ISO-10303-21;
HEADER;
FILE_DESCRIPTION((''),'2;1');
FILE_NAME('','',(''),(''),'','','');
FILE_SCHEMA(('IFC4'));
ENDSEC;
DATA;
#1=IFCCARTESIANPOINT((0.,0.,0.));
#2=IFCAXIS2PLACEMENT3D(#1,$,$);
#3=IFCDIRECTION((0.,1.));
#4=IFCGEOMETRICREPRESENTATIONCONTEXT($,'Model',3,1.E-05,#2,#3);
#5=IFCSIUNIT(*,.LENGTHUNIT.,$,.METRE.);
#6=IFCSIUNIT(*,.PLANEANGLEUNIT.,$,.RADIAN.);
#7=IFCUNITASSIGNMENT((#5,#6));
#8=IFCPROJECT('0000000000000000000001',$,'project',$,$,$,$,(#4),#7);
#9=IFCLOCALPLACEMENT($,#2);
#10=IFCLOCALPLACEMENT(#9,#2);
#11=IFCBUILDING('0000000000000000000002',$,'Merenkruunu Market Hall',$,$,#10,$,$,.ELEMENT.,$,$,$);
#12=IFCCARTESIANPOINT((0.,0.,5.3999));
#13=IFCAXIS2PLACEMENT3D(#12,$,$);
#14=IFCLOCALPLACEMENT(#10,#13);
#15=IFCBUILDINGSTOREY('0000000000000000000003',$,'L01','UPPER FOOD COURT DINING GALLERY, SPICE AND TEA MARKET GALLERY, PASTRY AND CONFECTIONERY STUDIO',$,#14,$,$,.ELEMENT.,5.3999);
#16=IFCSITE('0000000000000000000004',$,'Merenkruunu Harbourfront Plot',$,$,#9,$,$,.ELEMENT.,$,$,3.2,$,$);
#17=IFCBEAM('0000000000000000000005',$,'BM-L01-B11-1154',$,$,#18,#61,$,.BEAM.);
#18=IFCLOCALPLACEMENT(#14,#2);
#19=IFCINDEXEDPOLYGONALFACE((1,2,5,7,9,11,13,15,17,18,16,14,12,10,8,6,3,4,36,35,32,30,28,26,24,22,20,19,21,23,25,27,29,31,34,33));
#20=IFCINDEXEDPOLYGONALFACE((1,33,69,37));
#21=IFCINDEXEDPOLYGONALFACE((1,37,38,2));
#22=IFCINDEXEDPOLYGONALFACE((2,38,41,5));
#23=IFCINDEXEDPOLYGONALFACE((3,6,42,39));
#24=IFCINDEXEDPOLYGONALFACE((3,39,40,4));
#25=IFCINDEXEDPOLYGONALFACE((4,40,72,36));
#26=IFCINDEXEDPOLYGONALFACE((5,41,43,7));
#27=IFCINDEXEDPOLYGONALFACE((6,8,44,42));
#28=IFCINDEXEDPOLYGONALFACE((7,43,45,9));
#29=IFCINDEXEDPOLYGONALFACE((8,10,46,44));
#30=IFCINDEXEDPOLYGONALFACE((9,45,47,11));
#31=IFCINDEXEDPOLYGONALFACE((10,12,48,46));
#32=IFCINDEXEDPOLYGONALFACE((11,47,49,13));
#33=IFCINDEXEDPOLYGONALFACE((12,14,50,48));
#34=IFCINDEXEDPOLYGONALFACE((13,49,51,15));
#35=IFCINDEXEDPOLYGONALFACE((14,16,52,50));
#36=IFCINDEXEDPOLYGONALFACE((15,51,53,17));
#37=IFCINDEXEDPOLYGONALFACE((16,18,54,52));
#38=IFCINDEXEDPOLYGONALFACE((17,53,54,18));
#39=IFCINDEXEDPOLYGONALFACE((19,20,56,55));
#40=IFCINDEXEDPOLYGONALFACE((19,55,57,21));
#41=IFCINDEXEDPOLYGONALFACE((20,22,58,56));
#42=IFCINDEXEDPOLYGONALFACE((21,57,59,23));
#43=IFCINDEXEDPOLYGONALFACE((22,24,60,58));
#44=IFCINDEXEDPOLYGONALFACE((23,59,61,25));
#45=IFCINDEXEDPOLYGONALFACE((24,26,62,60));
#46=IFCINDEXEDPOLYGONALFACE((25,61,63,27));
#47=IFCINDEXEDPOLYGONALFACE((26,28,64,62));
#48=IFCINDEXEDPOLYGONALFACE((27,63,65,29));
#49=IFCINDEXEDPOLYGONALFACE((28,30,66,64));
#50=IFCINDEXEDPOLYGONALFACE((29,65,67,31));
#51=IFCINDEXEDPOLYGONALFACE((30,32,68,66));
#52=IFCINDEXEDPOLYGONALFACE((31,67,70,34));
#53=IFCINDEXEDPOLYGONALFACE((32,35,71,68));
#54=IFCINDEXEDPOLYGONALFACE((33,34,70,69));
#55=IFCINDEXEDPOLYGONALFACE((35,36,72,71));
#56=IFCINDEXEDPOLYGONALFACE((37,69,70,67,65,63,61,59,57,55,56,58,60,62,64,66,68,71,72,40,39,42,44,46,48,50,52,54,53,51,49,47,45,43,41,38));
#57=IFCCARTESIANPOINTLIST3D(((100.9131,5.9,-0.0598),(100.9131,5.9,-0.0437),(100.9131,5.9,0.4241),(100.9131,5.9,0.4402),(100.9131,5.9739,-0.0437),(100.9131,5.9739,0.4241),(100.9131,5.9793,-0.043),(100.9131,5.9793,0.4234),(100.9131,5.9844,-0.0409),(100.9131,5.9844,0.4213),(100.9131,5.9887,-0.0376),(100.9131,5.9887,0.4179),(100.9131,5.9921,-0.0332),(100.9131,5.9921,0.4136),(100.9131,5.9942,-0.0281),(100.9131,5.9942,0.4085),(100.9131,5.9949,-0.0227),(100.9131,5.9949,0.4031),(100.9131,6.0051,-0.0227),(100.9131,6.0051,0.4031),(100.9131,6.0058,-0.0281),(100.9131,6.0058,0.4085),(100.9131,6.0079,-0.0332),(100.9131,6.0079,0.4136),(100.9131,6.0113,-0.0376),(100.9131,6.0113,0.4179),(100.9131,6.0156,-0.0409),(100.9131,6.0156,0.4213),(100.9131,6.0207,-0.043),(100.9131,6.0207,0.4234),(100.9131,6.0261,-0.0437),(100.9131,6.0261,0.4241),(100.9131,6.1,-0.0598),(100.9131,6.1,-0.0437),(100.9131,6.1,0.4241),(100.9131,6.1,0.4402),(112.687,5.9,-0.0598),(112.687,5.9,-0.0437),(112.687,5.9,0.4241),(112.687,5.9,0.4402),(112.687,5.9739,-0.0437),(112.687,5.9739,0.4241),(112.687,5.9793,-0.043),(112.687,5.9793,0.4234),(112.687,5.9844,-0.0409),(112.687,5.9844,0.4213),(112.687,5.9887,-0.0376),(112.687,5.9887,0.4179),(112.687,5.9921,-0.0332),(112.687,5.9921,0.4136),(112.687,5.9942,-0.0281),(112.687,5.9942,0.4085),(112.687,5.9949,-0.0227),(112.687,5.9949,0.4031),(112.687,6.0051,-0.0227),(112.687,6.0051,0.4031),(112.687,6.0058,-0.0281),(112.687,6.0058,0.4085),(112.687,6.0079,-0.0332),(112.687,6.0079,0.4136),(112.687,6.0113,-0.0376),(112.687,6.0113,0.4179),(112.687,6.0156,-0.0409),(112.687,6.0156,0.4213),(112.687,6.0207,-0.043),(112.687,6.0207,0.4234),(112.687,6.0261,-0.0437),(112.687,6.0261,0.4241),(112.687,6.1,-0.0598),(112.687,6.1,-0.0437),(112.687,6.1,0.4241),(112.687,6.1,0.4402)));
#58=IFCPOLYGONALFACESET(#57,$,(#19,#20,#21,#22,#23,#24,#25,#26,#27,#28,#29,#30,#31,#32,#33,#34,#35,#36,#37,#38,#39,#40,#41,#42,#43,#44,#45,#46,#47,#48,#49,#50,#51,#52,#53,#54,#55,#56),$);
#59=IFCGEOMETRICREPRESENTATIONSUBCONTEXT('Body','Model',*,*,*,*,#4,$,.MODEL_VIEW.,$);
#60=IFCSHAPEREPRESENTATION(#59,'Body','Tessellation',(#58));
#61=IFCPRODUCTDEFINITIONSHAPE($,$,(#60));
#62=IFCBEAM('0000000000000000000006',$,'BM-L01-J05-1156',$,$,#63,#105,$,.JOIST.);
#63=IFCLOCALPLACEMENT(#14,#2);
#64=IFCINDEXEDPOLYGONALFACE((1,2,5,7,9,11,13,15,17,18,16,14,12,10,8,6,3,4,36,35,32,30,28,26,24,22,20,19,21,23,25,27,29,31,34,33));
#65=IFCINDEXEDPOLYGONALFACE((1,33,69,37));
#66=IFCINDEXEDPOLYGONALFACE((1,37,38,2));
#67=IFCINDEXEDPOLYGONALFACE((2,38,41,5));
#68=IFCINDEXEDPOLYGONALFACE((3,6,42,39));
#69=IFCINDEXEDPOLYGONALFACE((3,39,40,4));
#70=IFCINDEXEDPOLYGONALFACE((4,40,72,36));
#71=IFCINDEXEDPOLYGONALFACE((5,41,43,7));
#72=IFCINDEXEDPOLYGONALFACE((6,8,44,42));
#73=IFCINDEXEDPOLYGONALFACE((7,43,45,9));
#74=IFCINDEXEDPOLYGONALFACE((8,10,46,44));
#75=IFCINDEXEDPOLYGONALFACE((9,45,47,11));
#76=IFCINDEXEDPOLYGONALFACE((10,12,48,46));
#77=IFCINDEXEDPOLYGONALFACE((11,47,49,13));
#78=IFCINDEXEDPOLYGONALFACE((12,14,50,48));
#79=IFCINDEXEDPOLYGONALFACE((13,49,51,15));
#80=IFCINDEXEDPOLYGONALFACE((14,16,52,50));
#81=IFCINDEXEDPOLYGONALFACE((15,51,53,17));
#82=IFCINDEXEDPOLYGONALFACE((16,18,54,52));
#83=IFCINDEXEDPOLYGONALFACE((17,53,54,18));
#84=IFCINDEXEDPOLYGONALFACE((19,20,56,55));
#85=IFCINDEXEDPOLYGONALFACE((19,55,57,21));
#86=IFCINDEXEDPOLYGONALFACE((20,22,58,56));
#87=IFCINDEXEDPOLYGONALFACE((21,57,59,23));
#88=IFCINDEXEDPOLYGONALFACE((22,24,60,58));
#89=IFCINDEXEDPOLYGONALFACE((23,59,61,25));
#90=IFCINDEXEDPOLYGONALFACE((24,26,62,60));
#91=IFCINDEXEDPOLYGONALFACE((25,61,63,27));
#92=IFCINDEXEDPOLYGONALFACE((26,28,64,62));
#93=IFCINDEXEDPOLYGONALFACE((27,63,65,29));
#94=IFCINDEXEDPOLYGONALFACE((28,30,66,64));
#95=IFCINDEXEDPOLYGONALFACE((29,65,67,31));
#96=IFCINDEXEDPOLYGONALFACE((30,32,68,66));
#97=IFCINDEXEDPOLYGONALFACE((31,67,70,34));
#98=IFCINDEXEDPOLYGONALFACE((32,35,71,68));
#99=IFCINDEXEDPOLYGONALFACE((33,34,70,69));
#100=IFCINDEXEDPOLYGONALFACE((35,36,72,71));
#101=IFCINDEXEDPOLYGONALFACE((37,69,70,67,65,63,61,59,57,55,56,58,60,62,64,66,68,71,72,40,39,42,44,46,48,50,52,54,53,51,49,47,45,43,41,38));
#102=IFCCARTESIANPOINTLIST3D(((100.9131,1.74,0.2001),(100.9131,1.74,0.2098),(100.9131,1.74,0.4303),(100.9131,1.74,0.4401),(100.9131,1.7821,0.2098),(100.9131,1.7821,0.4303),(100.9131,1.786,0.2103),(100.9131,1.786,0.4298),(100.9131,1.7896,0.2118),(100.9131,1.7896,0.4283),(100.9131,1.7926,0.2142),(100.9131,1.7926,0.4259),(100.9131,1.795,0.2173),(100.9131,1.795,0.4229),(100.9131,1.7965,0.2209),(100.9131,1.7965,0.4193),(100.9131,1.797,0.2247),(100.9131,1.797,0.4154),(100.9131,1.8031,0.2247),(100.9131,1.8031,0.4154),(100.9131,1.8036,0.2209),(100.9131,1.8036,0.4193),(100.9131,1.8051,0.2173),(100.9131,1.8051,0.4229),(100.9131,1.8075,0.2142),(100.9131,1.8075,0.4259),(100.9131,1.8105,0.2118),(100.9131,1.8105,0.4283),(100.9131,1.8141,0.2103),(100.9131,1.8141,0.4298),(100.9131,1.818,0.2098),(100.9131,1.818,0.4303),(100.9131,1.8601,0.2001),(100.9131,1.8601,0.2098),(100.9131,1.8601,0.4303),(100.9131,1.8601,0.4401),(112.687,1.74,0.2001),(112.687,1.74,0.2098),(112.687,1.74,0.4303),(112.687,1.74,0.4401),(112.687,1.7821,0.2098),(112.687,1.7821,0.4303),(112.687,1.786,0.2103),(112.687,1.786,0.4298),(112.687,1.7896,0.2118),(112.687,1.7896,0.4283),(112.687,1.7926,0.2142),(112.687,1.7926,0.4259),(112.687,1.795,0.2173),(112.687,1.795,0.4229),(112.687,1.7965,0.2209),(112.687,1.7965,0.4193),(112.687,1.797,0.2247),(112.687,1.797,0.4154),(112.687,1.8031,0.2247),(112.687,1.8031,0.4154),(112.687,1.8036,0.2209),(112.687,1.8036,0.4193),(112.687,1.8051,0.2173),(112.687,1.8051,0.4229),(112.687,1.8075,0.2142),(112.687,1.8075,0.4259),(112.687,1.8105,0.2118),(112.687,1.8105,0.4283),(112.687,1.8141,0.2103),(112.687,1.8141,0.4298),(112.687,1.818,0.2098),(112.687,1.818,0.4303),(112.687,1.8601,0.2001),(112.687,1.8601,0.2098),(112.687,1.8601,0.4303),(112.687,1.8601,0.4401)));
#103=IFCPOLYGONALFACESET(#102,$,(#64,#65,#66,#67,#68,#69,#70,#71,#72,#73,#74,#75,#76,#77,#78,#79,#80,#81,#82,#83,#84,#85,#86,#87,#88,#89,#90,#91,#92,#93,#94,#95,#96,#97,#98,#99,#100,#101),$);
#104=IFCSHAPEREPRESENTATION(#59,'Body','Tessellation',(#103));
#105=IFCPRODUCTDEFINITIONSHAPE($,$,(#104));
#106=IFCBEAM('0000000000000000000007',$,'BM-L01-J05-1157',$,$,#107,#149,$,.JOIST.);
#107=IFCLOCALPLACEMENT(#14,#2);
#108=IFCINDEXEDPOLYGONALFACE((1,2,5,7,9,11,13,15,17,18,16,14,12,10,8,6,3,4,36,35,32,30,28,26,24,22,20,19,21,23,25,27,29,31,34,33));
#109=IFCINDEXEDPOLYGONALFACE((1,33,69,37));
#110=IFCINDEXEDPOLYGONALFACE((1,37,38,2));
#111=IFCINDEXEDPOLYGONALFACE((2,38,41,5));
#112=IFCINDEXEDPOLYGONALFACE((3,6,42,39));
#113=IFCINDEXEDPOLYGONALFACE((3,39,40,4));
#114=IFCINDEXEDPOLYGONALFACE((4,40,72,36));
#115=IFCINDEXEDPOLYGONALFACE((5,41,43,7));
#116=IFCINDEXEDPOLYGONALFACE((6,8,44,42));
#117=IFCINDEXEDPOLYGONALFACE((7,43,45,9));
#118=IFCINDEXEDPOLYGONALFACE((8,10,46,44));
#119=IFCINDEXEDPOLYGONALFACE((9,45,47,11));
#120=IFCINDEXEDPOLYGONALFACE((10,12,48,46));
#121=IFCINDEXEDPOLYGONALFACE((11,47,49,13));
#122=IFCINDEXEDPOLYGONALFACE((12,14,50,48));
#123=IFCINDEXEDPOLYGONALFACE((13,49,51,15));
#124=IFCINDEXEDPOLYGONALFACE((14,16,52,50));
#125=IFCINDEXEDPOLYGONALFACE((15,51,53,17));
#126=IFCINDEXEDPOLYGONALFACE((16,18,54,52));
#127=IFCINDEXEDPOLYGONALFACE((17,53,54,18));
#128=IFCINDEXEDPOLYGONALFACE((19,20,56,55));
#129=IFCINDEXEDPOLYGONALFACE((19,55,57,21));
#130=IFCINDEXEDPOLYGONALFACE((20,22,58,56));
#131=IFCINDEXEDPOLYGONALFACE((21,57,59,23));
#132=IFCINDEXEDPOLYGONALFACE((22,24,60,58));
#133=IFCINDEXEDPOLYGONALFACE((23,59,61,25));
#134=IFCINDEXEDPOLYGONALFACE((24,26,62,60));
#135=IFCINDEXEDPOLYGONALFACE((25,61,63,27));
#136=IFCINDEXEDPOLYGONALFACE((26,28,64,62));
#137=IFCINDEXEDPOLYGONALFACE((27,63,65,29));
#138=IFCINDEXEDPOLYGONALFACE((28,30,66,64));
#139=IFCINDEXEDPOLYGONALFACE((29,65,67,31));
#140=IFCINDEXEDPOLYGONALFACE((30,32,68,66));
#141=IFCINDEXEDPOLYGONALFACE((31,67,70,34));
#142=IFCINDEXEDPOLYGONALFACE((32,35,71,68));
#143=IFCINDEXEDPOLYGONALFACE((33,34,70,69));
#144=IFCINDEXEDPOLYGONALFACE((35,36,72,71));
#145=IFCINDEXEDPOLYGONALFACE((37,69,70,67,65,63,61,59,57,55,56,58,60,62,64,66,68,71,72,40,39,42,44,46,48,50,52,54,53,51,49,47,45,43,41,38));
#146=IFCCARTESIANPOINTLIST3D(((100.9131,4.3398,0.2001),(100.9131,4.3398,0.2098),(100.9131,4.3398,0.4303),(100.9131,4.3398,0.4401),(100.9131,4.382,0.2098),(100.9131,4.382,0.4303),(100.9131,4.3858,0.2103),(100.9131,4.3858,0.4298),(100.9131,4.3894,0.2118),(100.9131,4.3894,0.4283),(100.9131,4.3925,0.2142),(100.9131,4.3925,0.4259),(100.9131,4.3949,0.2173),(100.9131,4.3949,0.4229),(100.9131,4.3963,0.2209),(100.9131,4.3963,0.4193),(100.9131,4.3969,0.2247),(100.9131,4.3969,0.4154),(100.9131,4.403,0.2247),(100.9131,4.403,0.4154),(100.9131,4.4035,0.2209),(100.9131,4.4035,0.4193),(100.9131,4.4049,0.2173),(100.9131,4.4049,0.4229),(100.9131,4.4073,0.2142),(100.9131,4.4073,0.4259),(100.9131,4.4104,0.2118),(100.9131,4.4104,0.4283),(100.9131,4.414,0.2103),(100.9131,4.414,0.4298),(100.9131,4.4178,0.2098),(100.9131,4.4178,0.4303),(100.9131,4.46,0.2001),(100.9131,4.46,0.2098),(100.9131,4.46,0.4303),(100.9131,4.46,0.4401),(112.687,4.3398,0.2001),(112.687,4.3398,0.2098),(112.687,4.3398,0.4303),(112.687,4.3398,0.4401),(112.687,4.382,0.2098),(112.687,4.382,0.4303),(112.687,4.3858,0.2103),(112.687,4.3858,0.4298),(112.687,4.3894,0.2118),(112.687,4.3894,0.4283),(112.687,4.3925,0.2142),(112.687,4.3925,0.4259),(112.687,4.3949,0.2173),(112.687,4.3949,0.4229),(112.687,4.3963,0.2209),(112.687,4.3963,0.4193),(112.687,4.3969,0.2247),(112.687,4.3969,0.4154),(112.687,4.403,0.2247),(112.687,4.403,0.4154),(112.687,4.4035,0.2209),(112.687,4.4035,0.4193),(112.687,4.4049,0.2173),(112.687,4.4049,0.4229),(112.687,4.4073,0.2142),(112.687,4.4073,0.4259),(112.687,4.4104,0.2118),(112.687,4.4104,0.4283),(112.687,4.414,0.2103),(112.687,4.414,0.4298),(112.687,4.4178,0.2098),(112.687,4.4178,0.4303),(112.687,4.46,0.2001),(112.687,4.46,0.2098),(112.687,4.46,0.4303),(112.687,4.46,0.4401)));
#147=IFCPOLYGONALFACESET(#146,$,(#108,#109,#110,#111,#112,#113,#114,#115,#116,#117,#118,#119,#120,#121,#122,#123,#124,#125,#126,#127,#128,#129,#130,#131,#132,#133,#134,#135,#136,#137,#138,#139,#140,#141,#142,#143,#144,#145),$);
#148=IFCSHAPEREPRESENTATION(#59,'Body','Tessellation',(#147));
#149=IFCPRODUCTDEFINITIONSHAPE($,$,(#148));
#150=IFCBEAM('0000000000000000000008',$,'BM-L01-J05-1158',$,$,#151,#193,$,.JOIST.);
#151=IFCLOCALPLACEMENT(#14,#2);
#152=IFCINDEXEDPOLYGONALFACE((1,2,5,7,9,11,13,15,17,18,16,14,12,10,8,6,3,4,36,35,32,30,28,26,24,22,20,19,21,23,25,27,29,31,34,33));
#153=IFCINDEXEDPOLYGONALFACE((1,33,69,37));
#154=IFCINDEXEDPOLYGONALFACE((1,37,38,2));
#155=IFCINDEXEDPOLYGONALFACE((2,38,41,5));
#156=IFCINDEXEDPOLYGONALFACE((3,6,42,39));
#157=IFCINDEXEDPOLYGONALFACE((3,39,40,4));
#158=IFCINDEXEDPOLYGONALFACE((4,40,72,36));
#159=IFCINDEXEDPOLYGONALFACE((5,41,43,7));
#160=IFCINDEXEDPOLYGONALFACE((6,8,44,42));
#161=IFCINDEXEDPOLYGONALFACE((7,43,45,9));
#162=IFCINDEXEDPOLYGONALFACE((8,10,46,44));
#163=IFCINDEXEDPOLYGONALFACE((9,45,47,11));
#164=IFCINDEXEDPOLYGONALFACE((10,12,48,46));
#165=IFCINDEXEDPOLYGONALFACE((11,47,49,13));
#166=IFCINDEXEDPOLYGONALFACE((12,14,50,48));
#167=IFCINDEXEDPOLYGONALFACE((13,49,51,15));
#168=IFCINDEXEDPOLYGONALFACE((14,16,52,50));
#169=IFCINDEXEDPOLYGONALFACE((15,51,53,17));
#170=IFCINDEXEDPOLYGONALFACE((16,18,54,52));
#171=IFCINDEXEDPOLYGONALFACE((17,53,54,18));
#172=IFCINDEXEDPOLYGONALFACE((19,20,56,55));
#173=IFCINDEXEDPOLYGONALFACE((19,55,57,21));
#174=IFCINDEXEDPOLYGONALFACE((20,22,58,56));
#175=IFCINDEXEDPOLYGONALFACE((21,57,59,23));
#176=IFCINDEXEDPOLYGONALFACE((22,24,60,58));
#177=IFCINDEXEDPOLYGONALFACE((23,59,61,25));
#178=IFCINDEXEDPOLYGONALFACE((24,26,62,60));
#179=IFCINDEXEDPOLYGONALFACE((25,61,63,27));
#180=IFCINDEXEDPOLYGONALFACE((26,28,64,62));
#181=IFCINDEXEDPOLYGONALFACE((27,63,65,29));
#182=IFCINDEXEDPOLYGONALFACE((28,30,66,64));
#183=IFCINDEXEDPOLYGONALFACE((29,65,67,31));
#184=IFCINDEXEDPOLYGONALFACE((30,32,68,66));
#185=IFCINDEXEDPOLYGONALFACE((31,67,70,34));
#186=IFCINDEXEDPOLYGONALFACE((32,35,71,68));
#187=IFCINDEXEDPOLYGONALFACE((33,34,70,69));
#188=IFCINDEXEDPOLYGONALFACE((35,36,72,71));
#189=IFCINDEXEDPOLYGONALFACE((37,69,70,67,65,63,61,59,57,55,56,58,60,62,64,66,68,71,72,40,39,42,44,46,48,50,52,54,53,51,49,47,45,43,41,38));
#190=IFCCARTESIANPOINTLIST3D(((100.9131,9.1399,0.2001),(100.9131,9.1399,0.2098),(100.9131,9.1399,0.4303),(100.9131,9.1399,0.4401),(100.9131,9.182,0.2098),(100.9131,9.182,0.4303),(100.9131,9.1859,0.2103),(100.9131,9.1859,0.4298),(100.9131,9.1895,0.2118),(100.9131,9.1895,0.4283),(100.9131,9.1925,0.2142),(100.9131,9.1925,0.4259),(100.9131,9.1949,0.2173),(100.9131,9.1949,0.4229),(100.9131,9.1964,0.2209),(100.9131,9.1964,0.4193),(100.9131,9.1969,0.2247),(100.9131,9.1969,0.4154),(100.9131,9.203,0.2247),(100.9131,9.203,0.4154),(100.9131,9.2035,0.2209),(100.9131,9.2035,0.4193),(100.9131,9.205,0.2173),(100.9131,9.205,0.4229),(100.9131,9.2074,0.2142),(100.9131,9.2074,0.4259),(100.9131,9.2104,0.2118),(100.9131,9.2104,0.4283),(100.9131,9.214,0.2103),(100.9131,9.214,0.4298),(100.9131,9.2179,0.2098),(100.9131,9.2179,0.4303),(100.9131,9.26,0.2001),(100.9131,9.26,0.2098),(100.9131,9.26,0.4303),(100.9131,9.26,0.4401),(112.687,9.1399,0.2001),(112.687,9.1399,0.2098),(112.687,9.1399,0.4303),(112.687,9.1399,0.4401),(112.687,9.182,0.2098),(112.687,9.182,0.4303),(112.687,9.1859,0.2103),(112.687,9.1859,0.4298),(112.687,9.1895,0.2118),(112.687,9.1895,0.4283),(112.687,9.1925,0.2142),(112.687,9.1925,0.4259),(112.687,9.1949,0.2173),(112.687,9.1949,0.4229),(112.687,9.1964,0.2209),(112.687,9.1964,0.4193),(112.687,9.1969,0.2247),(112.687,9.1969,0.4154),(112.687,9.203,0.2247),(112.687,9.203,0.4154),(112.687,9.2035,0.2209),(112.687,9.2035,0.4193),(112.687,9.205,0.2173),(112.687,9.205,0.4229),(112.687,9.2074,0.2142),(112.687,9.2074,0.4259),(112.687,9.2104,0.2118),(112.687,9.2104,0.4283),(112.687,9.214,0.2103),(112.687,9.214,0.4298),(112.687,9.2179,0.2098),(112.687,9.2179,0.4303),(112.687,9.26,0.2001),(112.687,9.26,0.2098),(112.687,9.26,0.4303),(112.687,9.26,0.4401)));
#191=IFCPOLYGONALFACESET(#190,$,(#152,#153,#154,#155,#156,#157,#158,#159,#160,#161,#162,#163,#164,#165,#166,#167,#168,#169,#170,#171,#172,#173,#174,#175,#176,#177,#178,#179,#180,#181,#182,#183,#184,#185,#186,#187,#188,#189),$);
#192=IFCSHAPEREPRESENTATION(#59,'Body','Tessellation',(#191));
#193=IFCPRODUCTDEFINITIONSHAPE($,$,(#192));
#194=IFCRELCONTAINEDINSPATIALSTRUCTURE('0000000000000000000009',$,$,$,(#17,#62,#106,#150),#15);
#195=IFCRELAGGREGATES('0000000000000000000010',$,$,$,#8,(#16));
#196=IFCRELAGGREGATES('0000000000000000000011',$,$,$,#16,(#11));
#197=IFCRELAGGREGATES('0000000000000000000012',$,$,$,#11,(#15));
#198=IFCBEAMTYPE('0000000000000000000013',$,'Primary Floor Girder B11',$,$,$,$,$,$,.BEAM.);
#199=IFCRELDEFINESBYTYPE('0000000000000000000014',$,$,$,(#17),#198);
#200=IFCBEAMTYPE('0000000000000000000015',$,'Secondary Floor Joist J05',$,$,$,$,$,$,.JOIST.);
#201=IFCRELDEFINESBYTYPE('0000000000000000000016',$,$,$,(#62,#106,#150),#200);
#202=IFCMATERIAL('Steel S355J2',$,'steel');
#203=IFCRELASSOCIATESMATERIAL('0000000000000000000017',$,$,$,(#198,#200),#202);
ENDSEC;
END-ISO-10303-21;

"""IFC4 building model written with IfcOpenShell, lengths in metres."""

from ifc_helpers import new_model, si_unit, direction, frame, origin, origin_2d, place, context, subcontext, project, spatial, i_section, extrude, material, material_profile, profile_set, type_object, element, save


model = new_model("IFC4")

# Units and contexts
model_context = context("Model", 3, precision=1e-05, world=origin(), true_north=direction((0.0, 1.0)))
body_context = subcontext(model_context, "Body", "Model", "MODEL_VIEW")
ifc_project = project(units=[si_unit("LENGTHUNIT", "METRE"), si_unit("PLANEANGLEUNIT", "RADIAN")], contexts=[model_context])

# Site, building, storey
site_placement = place(None, origin())
site = spatial("IfcSite", under=ifc_project, at=site_placement, Name="Merenkruunu Harbourfront Plot", CompositionType="ELEMENT", RefElevation=3.2)
building_placement = place(site_placement, origin())
building = spatial("IfcBuilding", under=site, at=building_placement, Name="Merenkruunu Market Hall", CompositionType="ELEMENT")
storey_placement = place(building_placement, frame((0.0, 0.0, 5.3999)))
storey = spatial("IfcBuildingStorey", under=building, at=storey_placement, Name="L01", Description="UPPER FOOD COURT DINING GALLERY, SPICE AND TEA MARKET GALLERY, PASTRY AND CONFECTIONERY STUDIO", CompositionType="ELEMENT", Elevation=5.3999)

# Beams
ifc_material_1 = material(Name="Steel S355J2", Category="steel")
ifc_material_profile_1 = material_profile(ifc_material_1, i_section(OverallWidth=0.2, OverallDepth=0.5, WebThickness=0.0103, FlangeThickness=0.0161, FilletRadius=0.021, at=origin_2d()), Name="IPE 500")
ifc_profile_set_1 = profile_set([ifc_material_profile_1], Name="Steel S355J2")
beam_type_1 = type_object("IfcBeamType", Name="Primary Floor Girder B11", PredefinedType="BEAM", material=ifc_profile_set_1)
beam_1_placement = place(storey_placement, frame((100.9131, 6.0, 0.1902), z_axis=(1.0, 0.0, 0.0), x_axis=(0.0, 1.0, 0.0)))
element("IfcBeam", 1, at=beam_1_placement, inside=storey, type_object=beam_type_1, Name="BM-L01-B11-1154", PredefinedType="BEAM", context=body_context, shape_type="SweptSolid", body=[
    extrude(i_section(OverallWidth=0.2, OverallDepth=0.5, WebThickness=0.0103, FlangeThickness=0.0161, FilletRadius=0.021, at=origin_2d()), origin(), (0.0, 0.0, 1.0), 11.7739),
])
ifc_material_profile_2 = material_profile(ifc_material_1, i_section(OverallWidth=0.1201, OverallDepth=0.24, WebThickness=0.0061, FlangeThickness=0.0098, FilletRadius=0.0149, at=origin_2d()), Name="IPE 240")
ifc_profile_set_2 = profile_set([ifc_material_profile_2], Name="Steel S355J2")
beam_type_2 = type_object("IfcBeamType", Name="Secondary Floor Joist J05", PredefinedType="JOIST", material=ifc_profile_set_2)
for number, where, z_axis, x_axis, name in (
    (2, (100.9131, 1.8, 0.3201), (1.0, 0.0, 0.0), (0.0, 1.0, 0.0), "BM-L01-J05-1156"),
    (3, (100.9131, 4.3999, 0.3201), (1.0, 0.0, 0.0), (0.0, 1.0, 0.0), "BM-L01-J05-1157"),
    (4, (100.9131, 9.2, 0.3201), (1.0, 0.0, 0.0), (0.0, 1.0, 0.0), "BM-L01-J05-1158"),
):
    element("IfcBeam", number, at=place(storey_placement, frame(where, z_axis=z_axis, x_axis=x_axis)), inside=storey, type_object=beam_type_2, Name=name, PredefinedType="JOIST", context=body_context, shape_type="SweptSolid", body=[
        extrude(i_section(OverallWidth=0.1201, OverallDepth=0.24, WebThickness=0.0061, FlangeThickness=0.0098, FilletRadius=0.0149, at=origin_2d()), origin(), (0.0, 0.0, 1.0), 11.7739),
    ])

save(model, "model.ifc")
